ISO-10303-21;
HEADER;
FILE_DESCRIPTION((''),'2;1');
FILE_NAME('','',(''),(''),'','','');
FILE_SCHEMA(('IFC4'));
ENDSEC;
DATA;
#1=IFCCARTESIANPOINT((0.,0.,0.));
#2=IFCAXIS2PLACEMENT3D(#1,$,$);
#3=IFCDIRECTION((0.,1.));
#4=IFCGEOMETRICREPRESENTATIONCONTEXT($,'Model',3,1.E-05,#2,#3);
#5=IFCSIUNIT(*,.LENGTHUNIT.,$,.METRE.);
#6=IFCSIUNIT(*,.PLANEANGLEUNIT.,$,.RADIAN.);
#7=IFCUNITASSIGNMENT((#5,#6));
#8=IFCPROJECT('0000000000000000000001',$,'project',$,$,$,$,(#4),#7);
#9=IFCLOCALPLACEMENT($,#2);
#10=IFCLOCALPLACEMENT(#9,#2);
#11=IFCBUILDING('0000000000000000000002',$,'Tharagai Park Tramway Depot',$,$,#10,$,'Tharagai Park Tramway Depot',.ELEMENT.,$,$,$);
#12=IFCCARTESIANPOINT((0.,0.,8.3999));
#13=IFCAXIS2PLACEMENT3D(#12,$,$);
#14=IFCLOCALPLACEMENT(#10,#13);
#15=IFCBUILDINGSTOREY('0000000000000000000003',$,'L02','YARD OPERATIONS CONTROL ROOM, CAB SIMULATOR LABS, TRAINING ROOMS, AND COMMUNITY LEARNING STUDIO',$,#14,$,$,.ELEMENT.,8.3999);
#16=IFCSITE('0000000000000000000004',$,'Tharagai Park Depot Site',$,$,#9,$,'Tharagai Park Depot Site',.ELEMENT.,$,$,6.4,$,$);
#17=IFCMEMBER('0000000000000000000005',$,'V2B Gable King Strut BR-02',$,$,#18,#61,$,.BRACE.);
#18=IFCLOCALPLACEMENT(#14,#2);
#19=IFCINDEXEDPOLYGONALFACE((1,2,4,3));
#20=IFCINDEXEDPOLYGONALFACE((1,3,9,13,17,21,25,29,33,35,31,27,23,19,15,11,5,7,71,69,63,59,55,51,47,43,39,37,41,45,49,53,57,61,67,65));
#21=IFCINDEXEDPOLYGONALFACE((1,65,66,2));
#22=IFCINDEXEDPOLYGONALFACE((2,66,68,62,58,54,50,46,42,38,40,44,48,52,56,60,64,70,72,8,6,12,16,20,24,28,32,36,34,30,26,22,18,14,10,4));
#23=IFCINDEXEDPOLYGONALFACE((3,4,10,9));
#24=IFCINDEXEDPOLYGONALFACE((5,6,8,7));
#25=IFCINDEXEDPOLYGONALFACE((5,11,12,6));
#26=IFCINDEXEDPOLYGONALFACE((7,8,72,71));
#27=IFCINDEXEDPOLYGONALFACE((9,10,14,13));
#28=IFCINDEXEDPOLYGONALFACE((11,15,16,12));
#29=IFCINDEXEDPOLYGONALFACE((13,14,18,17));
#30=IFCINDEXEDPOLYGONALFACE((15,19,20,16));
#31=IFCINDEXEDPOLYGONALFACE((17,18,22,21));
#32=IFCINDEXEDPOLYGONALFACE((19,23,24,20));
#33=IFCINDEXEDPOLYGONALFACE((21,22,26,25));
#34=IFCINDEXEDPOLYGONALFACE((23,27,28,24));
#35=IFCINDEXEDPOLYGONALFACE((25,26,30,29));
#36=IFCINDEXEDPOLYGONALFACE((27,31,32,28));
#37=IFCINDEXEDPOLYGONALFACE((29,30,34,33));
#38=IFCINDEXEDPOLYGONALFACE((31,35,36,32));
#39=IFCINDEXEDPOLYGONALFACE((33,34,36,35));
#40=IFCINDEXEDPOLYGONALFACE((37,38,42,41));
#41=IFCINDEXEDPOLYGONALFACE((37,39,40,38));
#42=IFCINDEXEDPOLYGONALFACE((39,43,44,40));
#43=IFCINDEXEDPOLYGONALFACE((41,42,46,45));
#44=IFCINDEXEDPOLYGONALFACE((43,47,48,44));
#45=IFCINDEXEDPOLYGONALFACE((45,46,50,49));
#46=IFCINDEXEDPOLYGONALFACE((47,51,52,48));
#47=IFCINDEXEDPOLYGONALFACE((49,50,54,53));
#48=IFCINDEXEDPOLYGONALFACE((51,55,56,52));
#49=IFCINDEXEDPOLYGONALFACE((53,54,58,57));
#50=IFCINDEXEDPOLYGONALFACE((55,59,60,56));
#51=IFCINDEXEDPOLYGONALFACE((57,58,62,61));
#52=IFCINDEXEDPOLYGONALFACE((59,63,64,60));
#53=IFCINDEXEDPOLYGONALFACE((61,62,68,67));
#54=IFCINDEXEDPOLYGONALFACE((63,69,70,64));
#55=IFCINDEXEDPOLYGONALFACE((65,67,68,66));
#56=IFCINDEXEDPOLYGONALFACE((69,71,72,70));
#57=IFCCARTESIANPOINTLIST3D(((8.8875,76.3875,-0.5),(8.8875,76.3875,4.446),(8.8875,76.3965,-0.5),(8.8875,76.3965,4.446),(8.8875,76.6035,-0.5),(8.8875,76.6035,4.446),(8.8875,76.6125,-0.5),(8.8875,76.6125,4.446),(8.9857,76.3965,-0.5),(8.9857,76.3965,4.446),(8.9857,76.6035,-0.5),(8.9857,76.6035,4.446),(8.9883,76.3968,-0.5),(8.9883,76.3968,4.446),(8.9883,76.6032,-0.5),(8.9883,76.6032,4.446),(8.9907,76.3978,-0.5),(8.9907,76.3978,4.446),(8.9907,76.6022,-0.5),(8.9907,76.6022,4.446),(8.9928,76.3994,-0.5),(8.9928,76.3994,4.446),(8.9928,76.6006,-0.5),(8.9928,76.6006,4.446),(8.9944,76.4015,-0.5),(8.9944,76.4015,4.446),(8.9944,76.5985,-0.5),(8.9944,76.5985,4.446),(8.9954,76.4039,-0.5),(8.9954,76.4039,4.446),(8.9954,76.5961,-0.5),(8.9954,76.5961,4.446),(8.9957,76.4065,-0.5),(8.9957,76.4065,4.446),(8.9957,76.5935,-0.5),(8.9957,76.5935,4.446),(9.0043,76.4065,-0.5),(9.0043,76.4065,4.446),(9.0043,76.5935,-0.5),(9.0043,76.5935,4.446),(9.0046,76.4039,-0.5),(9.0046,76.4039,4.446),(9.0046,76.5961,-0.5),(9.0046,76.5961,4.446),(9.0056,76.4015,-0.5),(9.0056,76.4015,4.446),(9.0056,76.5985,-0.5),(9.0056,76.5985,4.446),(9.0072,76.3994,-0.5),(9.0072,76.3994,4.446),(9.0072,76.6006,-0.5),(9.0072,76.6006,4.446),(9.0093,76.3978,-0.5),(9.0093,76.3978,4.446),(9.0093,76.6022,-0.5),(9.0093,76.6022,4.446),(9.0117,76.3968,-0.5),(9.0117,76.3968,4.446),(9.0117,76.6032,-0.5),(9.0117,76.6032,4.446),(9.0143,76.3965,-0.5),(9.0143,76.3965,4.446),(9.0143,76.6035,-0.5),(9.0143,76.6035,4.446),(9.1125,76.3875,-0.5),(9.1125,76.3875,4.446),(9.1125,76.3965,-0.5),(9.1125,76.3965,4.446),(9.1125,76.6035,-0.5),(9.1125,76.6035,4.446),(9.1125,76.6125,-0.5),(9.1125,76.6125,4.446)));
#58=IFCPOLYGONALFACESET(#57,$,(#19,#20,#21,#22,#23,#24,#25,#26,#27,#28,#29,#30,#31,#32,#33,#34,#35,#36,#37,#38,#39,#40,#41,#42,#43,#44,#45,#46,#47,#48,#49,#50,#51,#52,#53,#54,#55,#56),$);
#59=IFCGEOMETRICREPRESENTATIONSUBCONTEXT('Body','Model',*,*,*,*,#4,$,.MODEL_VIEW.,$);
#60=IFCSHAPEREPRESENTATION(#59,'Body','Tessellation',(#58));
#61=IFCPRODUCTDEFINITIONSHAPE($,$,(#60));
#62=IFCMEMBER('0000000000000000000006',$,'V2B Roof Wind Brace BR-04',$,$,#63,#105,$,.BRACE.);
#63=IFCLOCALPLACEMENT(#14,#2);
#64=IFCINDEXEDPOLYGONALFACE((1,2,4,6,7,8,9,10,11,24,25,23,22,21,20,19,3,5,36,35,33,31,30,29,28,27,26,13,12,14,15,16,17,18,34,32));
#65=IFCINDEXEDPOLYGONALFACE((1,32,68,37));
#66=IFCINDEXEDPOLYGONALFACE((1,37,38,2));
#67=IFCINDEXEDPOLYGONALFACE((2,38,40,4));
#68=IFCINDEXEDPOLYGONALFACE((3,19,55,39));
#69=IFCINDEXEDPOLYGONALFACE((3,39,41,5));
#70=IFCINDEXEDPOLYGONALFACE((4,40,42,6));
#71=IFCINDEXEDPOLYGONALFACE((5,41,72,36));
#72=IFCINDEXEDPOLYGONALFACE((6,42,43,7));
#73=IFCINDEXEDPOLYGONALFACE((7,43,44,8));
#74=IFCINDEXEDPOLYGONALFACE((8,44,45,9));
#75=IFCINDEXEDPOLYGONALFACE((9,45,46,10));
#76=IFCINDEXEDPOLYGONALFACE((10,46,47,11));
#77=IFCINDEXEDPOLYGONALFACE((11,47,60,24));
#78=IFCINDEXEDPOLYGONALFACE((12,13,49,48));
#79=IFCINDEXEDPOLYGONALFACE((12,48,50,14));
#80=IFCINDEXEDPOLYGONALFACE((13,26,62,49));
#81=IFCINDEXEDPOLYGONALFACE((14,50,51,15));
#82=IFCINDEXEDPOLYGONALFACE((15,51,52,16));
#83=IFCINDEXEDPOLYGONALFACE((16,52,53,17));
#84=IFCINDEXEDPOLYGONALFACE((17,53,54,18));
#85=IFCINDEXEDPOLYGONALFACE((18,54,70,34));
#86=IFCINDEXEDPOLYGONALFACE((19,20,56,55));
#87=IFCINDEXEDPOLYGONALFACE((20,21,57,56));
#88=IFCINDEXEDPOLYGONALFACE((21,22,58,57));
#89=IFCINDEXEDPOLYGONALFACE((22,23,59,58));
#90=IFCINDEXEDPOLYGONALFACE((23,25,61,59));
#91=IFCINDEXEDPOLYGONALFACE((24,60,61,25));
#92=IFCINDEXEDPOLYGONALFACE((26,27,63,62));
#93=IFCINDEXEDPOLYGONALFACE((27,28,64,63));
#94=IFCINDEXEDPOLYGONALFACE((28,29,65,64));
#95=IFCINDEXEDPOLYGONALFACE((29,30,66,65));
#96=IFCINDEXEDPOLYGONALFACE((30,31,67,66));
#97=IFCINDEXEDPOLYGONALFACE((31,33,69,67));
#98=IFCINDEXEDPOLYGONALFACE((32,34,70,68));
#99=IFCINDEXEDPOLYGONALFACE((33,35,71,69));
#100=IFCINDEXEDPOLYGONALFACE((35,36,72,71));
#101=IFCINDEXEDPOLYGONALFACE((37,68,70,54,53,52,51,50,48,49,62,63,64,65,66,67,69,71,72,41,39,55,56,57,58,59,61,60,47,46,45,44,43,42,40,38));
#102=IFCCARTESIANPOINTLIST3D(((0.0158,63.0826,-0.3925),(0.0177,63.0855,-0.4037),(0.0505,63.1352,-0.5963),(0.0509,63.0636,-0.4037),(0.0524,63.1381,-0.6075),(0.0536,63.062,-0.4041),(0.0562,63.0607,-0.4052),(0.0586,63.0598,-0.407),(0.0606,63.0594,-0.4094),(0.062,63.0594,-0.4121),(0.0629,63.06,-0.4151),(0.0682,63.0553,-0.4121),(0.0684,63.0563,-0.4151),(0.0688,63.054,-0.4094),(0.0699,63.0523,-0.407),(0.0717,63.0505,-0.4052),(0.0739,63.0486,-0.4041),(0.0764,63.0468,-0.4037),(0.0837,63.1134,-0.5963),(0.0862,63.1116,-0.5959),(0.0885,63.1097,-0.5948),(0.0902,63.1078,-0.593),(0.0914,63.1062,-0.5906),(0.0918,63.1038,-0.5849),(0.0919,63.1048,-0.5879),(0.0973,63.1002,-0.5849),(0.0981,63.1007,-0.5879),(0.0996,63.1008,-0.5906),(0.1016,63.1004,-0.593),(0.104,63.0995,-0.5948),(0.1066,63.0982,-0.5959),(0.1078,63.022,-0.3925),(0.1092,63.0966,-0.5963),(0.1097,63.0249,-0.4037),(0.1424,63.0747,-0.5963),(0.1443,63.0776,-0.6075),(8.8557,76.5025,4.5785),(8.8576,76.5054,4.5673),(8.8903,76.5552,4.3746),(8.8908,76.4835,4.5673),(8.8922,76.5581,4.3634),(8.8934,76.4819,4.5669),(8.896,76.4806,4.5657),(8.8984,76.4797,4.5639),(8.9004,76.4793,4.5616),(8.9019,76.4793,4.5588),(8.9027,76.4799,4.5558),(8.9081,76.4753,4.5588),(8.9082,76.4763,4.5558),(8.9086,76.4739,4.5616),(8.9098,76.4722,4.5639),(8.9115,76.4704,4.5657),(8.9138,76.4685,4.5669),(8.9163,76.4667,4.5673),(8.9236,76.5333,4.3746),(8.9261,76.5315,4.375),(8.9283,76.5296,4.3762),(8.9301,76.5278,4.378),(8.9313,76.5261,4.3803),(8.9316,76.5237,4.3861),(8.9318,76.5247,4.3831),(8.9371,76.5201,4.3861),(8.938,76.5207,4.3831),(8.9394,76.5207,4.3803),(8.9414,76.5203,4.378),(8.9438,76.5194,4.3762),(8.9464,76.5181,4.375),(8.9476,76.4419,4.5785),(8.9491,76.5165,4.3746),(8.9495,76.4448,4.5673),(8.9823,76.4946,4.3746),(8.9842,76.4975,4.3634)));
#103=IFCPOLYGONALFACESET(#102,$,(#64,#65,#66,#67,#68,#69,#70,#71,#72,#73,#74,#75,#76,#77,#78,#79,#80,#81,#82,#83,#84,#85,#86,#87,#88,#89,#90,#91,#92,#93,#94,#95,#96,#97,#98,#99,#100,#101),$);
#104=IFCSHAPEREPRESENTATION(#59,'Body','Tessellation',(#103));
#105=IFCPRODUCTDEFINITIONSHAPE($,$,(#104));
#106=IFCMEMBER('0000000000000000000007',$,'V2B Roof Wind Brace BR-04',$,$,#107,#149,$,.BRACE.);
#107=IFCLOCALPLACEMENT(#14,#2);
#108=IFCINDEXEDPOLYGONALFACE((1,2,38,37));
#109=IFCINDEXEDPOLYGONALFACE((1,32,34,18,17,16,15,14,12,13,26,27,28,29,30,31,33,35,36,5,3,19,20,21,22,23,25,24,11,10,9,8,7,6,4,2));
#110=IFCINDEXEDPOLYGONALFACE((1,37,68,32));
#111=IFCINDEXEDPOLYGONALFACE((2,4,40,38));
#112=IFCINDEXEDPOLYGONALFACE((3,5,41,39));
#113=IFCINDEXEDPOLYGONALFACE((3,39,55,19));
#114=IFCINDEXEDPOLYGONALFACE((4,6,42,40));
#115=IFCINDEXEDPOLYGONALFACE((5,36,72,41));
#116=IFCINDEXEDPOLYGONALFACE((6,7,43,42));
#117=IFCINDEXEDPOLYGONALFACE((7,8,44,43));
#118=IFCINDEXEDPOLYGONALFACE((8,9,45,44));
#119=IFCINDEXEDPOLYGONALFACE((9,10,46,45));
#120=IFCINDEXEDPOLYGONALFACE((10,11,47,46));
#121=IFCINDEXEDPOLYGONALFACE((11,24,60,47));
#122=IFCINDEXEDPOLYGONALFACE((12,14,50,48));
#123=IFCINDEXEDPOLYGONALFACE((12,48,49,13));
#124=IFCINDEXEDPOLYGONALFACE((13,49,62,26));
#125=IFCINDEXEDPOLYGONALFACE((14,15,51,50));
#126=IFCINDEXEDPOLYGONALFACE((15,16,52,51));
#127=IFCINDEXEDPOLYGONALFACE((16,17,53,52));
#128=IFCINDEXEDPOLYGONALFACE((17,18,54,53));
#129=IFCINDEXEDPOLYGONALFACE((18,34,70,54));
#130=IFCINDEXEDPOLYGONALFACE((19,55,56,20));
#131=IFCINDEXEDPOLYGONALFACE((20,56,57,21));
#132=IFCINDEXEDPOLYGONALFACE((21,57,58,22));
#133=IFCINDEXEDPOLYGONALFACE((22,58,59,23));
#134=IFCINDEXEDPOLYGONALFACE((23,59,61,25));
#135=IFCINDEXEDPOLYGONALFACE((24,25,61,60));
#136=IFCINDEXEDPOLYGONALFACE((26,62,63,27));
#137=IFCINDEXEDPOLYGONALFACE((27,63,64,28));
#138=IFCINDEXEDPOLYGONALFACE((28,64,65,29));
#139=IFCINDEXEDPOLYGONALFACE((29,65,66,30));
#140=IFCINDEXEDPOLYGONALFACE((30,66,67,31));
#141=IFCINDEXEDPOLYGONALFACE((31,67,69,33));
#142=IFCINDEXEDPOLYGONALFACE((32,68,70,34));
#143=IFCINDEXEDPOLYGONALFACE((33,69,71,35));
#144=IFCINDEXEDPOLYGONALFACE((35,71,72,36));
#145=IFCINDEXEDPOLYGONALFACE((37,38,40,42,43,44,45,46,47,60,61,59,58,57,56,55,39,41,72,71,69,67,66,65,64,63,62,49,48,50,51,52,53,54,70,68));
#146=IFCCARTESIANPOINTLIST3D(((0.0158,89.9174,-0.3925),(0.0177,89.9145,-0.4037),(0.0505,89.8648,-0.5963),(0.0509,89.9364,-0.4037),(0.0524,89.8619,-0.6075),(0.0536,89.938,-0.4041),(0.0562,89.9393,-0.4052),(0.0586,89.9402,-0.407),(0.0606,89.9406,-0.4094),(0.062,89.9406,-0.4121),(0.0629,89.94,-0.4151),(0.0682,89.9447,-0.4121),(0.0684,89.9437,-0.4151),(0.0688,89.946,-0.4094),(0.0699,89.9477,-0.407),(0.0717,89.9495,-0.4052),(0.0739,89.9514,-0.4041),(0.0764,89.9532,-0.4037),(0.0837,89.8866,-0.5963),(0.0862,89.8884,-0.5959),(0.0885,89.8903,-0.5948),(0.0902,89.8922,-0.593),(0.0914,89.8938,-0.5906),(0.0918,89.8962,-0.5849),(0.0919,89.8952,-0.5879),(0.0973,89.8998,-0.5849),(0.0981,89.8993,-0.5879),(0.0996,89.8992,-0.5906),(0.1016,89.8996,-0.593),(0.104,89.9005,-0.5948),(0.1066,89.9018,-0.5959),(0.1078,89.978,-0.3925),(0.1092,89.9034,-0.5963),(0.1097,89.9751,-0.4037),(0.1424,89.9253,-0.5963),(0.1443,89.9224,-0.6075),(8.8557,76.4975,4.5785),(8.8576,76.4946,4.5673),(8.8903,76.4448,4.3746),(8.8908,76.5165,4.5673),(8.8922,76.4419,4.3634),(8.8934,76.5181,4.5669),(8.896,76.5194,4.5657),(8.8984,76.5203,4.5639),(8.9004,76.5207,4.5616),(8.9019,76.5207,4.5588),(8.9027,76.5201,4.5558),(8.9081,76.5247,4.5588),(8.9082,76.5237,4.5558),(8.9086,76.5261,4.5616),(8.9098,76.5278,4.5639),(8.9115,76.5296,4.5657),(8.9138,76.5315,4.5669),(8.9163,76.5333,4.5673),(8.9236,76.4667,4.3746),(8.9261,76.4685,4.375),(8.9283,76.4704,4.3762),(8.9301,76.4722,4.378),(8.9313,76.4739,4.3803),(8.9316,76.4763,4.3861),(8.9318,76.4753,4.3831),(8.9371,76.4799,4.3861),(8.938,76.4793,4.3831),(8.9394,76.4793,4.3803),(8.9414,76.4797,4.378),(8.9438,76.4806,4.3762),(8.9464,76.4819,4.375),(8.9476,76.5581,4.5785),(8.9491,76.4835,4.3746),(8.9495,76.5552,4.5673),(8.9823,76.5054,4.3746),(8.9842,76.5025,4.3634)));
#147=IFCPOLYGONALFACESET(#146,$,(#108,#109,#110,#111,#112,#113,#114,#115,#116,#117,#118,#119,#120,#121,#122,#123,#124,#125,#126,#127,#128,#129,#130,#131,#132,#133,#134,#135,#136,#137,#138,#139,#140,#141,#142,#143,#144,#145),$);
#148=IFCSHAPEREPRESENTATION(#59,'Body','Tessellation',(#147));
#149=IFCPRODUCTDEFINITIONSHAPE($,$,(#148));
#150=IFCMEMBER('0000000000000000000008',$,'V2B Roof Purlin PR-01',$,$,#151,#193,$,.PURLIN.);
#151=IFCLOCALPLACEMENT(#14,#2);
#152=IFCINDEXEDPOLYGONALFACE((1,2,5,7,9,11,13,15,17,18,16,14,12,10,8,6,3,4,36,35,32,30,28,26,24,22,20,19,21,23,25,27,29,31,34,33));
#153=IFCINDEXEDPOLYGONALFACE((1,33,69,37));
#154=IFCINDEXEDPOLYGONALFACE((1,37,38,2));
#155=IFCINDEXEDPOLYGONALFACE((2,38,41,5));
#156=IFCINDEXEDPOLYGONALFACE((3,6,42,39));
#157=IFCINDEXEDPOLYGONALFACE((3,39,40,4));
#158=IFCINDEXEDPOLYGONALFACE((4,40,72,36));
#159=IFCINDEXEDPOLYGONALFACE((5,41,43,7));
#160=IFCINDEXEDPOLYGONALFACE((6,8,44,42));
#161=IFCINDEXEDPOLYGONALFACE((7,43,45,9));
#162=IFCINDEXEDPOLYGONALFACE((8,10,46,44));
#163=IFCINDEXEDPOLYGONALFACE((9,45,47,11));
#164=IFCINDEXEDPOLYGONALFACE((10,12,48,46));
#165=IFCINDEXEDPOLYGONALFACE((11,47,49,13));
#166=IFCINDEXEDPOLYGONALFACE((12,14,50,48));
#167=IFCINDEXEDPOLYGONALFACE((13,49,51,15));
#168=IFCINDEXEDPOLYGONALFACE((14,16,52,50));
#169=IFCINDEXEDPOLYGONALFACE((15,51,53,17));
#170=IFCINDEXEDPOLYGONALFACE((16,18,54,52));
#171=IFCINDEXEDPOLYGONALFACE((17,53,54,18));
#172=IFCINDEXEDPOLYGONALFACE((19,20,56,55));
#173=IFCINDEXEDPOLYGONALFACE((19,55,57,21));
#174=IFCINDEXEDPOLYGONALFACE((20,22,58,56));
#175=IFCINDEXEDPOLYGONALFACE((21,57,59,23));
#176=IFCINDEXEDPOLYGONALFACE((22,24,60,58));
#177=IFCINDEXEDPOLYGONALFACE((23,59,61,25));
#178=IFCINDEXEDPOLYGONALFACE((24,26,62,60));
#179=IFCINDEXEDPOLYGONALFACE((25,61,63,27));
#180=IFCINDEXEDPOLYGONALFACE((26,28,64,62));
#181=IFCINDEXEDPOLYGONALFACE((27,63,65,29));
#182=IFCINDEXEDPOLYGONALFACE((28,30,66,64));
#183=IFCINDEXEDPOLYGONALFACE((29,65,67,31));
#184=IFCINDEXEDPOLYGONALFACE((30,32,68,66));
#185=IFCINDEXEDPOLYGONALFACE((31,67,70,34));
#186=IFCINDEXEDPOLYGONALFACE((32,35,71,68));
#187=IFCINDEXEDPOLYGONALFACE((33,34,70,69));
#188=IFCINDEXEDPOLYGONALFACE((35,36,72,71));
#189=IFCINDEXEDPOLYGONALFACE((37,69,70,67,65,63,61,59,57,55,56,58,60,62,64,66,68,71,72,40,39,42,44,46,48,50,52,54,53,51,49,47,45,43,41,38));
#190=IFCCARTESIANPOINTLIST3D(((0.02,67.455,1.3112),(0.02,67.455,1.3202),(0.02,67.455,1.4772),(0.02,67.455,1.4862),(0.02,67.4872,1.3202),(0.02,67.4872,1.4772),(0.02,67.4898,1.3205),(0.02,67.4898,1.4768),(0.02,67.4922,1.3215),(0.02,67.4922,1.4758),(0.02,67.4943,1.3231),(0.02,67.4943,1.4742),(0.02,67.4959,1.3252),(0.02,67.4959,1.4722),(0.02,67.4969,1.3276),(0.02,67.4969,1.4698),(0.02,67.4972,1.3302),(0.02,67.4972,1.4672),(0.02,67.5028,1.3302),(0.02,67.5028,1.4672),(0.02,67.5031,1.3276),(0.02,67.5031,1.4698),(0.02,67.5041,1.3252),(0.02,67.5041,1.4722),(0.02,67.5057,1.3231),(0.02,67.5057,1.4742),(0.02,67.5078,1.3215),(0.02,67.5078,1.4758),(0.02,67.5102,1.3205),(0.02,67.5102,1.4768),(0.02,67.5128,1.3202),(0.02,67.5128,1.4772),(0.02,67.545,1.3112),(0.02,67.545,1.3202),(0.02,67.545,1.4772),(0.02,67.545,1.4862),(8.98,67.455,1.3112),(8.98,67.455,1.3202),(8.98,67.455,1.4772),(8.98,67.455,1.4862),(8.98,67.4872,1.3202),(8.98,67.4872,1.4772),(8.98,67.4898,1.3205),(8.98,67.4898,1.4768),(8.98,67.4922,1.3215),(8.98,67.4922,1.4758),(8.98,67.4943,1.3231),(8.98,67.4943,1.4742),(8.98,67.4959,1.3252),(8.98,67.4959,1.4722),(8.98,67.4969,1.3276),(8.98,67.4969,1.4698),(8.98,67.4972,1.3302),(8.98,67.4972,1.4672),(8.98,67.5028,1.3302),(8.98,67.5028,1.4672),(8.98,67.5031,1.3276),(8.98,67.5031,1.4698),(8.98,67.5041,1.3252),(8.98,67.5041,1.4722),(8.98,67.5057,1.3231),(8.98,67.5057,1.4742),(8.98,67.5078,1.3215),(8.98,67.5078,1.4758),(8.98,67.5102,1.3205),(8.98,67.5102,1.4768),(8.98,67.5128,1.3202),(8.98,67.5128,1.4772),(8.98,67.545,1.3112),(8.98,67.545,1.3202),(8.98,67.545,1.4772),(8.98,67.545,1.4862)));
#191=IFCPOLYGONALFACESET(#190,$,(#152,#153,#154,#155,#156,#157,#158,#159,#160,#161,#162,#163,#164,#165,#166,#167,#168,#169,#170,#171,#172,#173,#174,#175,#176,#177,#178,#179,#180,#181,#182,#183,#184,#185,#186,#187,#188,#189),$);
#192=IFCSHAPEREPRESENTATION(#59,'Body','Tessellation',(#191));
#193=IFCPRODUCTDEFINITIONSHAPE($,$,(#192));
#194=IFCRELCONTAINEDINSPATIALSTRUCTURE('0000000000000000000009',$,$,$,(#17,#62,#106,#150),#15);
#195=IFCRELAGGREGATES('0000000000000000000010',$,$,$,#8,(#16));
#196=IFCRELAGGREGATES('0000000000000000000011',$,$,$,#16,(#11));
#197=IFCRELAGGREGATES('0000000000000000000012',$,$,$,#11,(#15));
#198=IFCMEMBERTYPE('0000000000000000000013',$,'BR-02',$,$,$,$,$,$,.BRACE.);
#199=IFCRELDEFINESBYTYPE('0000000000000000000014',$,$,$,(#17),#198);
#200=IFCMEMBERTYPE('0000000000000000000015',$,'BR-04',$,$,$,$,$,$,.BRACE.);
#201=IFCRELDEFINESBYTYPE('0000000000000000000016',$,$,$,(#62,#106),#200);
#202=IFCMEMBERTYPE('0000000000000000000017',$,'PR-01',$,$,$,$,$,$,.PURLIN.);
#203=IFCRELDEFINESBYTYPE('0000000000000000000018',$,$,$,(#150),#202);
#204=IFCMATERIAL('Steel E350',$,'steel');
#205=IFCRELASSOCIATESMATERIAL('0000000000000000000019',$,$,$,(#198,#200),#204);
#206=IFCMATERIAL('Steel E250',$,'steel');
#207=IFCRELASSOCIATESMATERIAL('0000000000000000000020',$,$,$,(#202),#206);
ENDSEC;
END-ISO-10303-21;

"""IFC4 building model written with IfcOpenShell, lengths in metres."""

from ifc_helpers import new_model, si_unit, direction, frame, origin, origin_2d, place, context, subcontext, project, spatial, i_section, extrude, material, material_profile, profile_set, type_object, element, save


model = new_model("IFC4")

# Units and contexts
model_context = context("Model", 3, precision=1e-05, world=origin(), true_north=direction((0.0, 1.0)))
body_context = subcontext(model_context, "Body", "Model", "MODEL_VIEW")
ifc_project = project(units=[si_unit("LENGTHUNIT", "METRE"), si_unit("PLANEANGLEUNIT", "RADIAN")], contexts=[model_context])

# Site, building, storey
site_placement = place(None, origin())
site = spatial("IfcSite", under=ifc_project, at=site_placement, Name="Tharagai Park Depot Site", LongName="Tharagai Park Depot Site", CompositionType="ELEMENT", RefElevation=6.4)
building_placement = place(site_placement, origin())
building = spatial("IfcBuilding", under=site, at=building_placement, Name="Tharagai Park Tramway Depot", LongName="Tharagai Park Tramway Depot", CompositionType="ELEMENT")
storey_placement = place(building_placement, frame((0.0, 0.0, 8.3999)))
storey = spatial("IfcBuildingStorey", under=building, at=storey_placement, Name="L02", Description="YARD OPERATIONS CONTROL ROOM, CAB SIMULATOR LABS, TRAINING ROOMS, AND COMMUNITY LEARNING STUDIO", CompositionType="ELEMENT", Elevation=8.3999)

# Shared definitions
ifc_material_1 = material(Name="Steel E350", Category="steel")

# Members
ifc_material_profile_1 = material_profile(ifc_material_1, i_section(OverallWidth=0.2251, OverallDepth=0.2251, WebThickness=0.0085, FlangeThickness=0.009, FilletRadius=0.01, at=origin_2d()), Name="ISHB 225")
ifc_profile_set_1 = profile_set([ifc_material_profile_1], Name="Steel E350")
member_type_1 = type_object("IfcMemberType", Name="BR-02", PredefinedType="BRACE", material=ifc_profile_set_1)
for number, where, z_axis, x_axis, name in (
    (1, (9.0, 76.5, -0.5), (0.0, 0.0, 1.0), (1.0, 0.0, 0.0), "V2B Gable King Strut BR-02"),
):
    element("IfcMember", number, at=place(storey_placement, frame(where, z_axis=z_axis, x_axis=x_axis)), inside=storey, type_object=member_type_1, Name=name, PredefinedType="BRACE", context=body_context, shape_type="SweptSolid", body=[
        extrude(i_section(OverallWidth=0.2251, OverallDepth=0.2251, WebThickness=0.0085, FlangeThickness=0.009, FilletRadius=0.01, at=origin_2d()), origin(), (0.0, 0.0, 1.0), 4.946),
    ])
ifc_material_profile_2 = material_profile(ifc_material_1, i_section(OverallWidth=0.1101, OverallDepth=0.2251, WebThickness=0.0066, FlangeThickness=0.0117, FilletRadius=0.012, at=origin_2d()), Name="ISMB 225")
ifc_profile_set_2 = profile_set([ifc_material_profile_2], Name="Steel E350")
member_type_2 = type_object("IfcMemberType", Name="BR-04", PredefinedType="BRACE", material=ifc_profile_set_2)
for number, where, z_axis, x_axis, name in (
    (2, (0.0801, 63.0801, -0.5), (0.525523, 0.797806, 0.29552), (-0.835104, 0.550092, 0.0), "V2B Roof Wind Brace BR-04"),
    (3, (0.0801, 89.9199, -0.5), (0.525523, -0.797806, 0.29552), (0.835104, 0.550092, 0.0), "V2B Roof Wind Brace BR-04"),
):
    element("IfcMember", number, at=place(storey_placement, frame(where, z_axis=z_axis, x_axis=x_axis)), inside=storey, type_object=member_type_2, Name=name, PredefinedType="BRACE", context=body_context, shape_type="SweptSolid", body=[
        extrude(i_section(OverallWidth=0.1101, OverallDepth=0.2251, WebThickness=0.0066, FlangeThickness=0.0117, FilletRadius=0.012, at=origin_2d()), origin(), (0.0, 0.0, 1.0), 16.821),
    ])
ifc_material_2 = material(Name="Steel E250", Category="steel")
ifc_material_profile_3 = material_profile(ifc_material_2, i_section(OverallWidth=0.0901, OverallDepth=0.175, WebThickness=0.0056, FlangeThickness=0.009, FilletRadius=0.01, at=origin_2d()), Name="ISMB 175")
ifc_profile_set_3 = profile_set([ifc_material_profile_3], Name="Steel E250")
member_type_3 = type_object("IfcMemberType", Name="PR-01", PredefinedType="PURLIN", material=ifc_profile_set_3)
for number, where, z_axis, x_axis, name in (
    (4, (0.02, 67.5, 1.3987), (1.0, 0.0, 0.0), (0.0, 1.0, 0.0), "V2B Roof Purlin PR-01"),
):
    element("IfcMember", number, at=place(storey_placement, frame(where, z_axis=z_axis, x_axis=x_axis)), inside=storey, type_object=member_type_3, Name=name, PredefinedType="PURLIN", context=body_context, shape_type="SweptSolid", body=[
        extrude(i_section(OverallWidth=0.0901, OverallDepth=0.175, WebThickness=0.0056, FlangeThickness=0.009, FilletRadius=0.01, at=origin_2d()), origin(), (0.0, 0.0, 1.0), 8.96),
    ])

save(model, "model.ifc")
